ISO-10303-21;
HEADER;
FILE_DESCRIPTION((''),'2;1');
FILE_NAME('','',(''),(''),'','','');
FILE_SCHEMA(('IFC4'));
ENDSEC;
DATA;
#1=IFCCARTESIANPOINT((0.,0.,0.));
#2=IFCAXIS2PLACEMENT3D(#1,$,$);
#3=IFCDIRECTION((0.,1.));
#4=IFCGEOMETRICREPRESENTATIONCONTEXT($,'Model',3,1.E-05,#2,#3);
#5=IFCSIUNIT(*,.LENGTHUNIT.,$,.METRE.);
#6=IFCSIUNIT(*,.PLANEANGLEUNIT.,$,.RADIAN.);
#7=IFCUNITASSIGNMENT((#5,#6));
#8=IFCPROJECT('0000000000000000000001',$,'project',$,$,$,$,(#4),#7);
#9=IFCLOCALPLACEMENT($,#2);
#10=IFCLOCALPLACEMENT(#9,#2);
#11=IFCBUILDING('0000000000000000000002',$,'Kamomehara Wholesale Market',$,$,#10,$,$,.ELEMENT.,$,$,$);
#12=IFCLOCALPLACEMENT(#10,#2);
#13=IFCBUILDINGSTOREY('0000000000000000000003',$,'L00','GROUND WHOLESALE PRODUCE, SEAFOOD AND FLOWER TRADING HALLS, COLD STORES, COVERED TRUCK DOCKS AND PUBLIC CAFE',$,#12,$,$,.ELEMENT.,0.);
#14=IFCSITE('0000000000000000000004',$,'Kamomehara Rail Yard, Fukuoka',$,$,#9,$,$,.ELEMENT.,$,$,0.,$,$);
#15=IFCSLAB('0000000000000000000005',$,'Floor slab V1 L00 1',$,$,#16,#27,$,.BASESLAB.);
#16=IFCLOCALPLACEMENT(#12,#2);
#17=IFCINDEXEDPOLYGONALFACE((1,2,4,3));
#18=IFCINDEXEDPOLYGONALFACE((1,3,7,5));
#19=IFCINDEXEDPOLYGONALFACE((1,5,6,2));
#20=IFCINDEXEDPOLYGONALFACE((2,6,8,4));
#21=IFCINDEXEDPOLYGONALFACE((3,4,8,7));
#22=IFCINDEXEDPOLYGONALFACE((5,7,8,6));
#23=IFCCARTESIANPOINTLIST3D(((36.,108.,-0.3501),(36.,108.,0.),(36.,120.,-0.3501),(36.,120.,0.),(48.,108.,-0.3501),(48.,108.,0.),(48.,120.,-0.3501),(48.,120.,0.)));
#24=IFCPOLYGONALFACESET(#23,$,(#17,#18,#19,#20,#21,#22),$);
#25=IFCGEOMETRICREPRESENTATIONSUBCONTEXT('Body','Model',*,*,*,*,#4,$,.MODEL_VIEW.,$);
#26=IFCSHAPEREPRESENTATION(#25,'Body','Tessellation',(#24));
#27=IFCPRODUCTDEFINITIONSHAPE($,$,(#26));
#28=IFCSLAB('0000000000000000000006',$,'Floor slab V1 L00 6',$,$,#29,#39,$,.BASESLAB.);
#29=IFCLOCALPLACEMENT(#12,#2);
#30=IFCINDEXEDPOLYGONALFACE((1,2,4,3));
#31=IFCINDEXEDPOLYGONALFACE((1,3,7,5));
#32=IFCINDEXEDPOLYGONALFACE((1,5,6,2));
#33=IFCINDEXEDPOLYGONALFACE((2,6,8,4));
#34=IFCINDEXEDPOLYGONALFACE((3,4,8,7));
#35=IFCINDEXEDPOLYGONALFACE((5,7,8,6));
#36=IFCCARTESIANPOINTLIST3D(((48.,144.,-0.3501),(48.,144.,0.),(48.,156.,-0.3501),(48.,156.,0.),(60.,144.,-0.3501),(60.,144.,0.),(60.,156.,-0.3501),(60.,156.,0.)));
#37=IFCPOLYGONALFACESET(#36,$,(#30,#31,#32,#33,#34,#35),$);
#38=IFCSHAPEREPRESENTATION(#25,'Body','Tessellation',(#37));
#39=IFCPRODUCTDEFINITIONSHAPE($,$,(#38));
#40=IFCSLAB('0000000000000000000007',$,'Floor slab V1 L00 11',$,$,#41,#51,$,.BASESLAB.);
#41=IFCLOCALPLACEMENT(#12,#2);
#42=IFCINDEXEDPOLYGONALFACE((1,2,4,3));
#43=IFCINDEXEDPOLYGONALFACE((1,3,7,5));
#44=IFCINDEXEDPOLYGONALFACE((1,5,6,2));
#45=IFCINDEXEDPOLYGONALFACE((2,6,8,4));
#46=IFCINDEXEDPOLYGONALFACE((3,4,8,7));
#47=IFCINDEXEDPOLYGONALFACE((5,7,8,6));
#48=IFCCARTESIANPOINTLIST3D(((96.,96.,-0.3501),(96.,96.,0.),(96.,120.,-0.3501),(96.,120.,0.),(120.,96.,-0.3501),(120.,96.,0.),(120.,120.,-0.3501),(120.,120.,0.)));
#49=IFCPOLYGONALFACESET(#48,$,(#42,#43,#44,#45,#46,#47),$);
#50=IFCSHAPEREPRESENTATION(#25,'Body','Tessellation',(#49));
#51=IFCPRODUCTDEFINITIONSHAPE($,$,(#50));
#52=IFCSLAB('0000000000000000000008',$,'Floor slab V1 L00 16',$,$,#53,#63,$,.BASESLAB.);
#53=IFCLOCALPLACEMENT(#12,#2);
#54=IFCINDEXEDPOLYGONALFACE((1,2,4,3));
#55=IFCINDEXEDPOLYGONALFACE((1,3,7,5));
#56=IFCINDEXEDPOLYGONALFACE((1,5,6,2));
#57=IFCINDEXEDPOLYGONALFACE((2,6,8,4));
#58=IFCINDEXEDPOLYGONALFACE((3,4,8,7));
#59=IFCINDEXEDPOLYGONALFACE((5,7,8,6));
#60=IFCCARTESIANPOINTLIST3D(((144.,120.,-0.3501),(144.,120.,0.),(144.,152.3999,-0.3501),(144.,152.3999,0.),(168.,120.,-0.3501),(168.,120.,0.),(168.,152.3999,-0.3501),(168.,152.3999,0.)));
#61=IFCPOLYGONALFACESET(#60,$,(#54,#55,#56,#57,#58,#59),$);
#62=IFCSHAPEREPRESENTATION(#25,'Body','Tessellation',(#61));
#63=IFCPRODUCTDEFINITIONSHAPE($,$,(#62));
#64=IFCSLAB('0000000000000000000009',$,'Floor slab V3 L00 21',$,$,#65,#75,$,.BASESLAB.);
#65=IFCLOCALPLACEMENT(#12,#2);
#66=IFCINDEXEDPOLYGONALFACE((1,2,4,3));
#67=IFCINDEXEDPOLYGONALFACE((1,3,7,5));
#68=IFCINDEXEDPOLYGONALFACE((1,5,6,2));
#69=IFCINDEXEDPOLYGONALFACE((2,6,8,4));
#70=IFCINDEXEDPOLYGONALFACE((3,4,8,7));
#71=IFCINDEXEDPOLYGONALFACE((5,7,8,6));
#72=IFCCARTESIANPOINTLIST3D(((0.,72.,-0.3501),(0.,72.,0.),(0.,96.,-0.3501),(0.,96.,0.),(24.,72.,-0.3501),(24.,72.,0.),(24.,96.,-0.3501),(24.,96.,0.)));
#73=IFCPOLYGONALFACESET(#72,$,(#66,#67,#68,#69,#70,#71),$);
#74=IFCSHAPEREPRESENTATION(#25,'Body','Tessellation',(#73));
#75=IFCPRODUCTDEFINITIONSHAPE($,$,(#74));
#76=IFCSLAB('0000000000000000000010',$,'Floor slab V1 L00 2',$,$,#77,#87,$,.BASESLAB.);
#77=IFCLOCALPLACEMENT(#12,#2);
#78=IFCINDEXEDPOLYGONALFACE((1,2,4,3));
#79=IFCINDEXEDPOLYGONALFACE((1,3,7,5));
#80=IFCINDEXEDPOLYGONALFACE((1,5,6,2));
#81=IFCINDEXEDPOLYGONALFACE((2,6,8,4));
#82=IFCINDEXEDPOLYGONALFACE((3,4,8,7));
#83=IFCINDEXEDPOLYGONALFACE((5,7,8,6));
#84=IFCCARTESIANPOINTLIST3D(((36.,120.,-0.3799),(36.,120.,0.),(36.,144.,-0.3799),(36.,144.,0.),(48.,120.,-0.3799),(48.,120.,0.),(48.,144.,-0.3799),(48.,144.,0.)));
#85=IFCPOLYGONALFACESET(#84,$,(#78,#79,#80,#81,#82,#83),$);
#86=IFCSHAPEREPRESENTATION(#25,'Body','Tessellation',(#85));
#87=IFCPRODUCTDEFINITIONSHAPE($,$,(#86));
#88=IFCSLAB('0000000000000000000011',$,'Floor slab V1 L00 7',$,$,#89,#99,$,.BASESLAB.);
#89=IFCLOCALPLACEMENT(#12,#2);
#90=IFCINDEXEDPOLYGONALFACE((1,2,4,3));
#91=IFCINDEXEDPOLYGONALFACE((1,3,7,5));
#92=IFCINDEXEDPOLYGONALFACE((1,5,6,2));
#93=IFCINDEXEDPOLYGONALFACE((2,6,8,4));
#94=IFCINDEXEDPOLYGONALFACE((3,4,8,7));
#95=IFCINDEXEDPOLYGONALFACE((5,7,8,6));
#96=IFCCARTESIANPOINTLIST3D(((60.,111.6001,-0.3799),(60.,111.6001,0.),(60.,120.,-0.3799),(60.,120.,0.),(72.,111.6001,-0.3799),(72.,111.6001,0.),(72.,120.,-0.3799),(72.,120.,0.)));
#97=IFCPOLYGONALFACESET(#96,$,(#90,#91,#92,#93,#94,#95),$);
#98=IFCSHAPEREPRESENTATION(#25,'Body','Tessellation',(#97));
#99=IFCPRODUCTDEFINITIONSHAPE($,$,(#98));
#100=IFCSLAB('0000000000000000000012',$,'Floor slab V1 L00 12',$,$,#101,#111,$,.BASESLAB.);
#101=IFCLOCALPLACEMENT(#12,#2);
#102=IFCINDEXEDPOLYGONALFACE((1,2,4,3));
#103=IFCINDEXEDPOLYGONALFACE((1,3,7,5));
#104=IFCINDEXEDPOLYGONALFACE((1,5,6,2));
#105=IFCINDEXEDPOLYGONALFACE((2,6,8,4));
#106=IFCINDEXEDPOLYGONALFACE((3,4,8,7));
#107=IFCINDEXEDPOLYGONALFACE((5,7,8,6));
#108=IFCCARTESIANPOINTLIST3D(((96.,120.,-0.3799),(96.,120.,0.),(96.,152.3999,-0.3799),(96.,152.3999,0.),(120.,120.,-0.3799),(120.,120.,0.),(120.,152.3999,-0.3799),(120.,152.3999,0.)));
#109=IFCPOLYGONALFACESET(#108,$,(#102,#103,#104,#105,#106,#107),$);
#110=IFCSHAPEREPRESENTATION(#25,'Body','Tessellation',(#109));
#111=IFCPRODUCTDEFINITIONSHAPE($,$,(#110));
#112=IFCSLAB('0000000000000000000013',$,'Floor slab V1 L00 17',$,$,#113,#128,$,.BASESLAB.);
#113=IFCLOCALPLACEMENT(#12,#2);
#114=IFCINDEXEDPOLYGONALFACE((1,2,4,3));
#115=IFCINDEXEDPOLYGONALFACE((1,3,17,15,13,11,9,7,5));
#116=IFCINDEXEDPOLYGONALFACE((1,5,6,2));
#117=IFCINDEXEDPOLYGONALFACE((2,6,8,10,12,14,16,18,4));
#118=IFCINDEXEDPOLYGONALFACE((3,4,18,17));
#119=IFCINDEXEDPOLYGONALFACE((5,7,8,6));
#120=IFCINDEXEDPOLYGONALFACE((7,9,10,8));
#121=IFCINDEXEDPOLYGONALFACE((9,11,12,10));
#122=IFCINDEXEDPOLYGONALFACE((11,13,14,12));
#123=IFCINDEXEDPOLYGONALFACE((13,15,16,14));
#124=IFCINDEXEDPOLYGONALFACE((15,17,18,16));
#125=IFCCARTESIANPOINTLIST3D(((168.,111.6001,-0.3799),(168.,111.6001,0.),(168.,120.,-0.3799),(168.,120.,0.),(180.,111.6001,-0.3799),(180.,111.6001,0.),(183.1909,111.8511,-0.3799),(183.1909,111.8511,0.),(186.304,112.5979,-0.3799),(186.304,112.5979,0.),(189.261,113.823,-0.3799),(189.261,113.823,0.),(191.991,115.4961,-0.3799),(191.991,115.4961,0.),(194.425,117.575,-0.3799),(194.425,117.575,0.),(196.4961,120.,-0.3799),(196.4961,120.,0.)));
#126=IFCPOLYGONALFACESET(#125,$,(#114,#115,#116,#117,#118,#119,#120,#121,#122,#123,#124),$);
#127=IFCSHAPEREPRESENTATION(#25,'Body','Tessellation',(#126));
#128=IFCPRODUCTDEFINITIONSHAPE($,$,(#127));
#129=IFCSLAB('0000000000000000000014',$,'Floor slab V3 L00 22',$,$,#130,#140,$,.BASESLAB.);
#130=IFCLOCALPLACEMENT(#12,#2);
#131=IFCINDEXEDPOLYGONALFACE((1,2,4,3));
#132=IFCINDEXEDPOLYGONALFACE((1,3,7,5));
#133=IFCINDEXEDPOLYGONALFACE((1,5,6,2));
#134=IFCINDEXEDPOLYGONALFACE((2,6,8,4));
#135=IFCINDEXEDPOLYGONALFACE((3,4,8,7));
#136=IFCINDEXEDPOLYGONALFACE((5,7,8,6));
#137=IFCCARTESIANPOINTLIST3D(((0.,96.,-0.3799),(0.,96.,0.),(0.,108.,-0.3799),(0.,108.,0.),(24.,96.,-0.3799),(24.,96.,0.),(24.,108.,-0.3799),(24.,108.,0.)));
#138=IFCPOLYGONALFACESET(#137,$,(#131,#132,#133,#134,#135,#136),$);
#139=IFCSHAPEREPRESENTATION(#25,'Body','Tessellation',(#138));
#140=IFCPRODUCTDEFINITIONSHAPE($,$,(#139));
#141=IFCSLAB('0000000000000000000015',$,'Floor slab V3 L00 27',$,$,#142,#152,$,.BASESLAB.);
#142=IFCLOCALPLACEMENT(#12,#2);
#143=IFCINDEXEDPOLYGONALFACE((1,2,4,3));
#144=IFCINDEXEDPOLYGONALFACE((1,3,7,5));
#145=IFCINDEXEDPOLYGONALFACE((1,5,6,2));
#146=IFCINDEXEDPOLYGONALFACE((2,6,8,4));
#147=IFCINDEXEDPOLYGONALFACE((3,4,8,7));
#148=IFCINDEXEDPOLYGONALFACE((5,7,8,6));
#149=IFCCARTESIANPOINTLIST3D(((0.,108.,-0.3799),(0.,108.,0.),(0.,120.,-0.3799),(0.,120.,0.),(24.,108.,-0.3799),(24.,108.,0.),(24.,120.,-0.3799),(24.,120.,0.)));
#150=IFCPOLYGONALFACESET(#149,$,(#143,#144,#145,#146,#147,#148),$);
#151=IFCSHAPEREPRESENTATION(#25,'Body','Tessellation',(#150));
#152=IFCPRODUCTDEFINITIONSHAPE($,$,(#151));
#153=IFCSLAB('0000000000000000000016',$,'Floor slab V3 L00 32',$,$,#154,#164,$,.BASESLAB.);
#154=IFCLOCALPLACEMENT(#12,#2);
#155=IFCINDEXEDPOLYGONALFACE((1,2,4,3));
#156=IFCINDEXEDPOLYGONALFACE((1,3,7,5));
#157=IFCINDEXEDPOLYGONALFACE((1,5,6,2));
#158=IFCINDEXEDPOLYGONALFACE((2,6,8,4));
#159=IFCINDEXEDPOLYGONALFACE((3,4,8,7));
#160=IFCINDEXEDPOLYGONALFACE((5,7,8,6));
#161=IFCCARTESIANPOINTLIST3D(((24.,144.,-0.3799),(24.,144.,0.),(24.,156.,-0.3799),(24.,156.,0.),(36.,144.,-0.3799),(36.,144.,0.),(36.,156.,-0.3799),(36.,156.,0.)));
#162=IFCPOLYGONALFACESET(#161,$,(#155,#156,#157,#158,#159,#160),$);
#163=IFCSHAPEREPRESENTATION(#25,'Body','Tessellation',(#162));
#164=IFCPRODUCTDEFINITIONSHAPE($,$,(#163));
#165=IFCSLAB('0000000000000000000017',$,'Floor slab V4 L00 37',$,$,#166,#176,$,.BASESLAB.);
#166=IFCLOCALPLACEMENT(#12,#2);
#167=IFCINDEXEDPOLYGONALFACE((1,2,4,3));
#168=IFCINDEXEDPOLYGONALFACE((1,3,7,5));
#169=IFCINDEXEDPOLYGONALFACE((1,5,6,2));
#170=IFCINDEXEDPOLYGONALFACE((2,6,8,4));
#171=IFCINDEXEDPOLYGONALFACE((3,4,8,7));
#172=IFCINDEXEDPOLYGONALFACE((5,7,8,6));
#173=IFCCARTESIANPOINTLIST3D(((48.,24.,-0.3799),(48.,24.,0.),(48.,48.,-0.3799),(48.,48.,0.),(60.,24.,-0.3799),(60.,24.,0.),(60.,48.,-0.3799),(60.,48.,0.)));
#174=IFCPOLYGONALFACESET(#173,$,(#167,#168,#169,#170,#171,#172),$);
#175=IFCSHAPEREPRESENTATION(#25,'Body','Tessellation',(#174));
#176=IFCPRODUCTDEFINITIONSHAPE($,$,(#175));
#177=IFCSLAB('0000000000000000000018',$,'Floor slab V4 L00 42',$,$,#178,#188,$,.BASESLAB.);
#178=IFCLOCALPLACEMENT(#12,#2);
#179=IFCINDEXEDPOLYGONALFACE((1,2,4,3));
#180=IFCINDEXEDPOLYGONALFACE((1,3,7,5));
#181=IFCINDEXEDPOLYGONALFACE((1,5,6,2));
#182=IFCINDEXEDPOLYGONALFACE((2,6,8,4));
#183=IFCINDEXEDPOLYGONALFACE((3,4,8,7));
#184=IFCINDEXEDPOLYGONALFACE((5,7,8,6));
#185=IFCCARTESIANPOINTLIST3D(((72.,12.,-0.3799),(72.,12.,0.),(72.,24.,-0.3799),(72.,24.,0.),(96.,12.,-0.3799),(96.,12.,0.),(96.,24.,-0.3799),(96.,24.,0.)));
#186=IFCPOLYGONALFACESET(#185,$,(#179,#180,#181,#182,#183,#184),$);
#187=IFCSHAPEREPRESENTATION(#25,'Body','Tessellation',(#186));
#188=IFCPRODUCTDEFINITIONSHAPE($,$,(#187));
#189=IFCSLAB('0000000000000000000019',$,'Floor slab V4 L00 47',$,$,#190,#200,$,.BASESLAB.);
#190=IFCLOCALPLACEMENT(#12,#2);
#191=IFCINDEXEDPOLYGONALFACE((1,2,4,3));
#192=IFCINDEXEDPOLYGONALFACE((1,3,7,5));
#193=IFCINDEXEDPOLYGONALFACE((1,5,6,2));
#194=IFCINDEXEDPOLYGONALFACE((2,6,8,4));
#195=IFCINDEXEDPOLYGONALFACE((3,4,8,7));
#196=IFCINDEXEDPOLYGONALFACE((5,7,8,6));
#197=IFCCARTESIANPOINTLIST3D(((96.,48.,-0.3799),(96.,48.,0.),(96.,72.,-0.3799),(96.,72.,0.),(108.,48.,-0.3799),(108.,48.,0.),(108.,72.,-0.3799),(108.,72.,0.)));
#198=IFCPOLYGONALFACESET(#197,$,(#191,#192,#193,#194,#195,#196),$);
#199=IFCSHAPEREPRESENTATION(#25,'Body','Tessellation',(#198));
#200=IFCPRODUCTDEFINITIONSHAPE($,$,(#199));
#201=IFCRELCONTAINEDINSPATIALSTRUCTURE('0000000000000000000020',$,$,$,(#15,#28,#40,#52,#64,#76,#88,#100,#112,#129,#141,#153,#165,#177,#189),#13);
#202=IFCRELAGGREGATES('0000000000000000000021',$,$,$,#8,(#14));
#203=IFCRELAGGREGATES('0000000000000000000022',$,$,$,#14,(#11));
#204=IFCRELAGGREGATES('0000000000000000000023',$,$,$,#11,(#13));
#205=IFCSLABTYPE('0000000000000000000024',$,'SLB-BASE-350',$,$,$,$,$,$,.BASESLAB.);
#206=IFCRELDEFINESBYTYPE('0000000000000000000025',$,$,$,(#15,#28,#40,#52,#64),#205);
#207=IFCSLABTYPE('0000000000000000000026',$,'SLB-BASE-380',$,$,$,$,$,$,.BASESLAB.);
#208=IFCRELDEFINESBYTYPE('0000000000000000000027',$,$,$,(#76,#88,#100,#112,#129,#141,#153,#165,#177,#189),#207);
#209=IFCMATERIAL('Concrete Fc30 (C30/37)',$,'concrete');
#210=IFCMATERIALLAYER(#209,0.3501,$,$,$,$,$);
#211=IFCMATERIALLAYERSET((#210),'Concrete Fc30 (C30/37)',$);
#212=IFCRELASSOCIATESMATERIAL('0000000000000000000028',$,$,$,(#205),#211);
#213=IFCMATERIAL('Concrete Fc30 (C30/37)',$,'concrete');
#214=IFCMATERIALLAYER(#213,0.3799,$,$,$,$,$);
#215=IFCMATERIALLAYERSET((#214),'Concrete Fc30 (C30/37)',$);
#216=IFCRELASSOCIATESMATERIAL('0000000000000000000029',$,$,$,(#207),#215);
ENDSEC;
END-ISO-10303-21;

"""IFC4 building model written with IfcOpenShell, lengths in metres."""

from ifc_helpers import new_model, si_unit, direction, frame, origin, place, context, subcontext, project, spatial, polyline, outline, extrude, material, layer, layer_set, type_object, element, save


model = new_model("IFC4")

# Units and contexts
model_context = context("Model", 3, precision=1e-05, world=origin(), true_north=direction((0.0, 1.0)))
body_context = subcontext(model_context, "Body", "Model", "MODEL_VIEW")
ifc_project = project(units=[si_unit("LENGTHUNIT", "METRE"), si_unit("PLANEANGLEUNIT", "RADIAN")], contexts=[model_context])

# Site, building, storey
site_placement = place(None, origin())
site = spatial("IfcSite", under=ifc_project, at=site_placement, Name="Kamomehara Rail Yard, Fukuoka", CompositionType="ELEMENT", RefElevation=0.0)
building_placement = place(site_placement, origin())
building = spatial("IfcBuilding", under=site, at=building_placement, Name="Kamomehara Wholesale Market", CompositionType="ELEMENT")
storey_placement = place(building_placement, origin())
storey = spatial("IfcBuildingStorey", under=building, at=storey_placement, Name="L00", Description="GROUND WHOLESALE PRODUCE, SEAFOOD AND FLOWER TRADING HALLS, COLD STORES, COVERED TRUCK DOCKS AND PUBLIC CAFE", CompositionType="ELEMENT", Elevation=0.0)

# Slabs
ifc_material_1 = material(Name="Concrete Fc30 (C30/37)", Category="concrete")
ifc_layer_1 = layer(ifc_material_1, 0.3501)
ifc_layer_set_1 = layer_set([ifc_layer_1], Name="Concrete Fc30 (C30/37)")
slab_type_1 = type_object("IfcSlabType", Name="SLB-BASE-350", PredefinedType="BASESLAB", material=ifc_layer_set_1)
slab_1_placement = place(storey_placement, frame((0.0, 0.0, -0.3501)))
element("IfcSlab", 1, at=slab_1_placement, inside=storey, type_object=slab_type_1, Name="Floor slab V1 L00 1", PredefinedType="BASESLAB", context=body_context, shape_type="SweptSolid", body=[
    extrude(outline(polyline([(48.0, 120.0), (48.0, 108.0), (36.0, 108.0), (36.0, 120.0), (48.0, 120.0)])), origin(), (0.0, 0.0, 1.0), 0.3501),
])
slab_2_placement = place(storey_placement, frame((0.0, 0.0, -0.3501)))
element("IfcSlab", 2, at=slab_2_placement, inside=storey, type_object=slab_type_1, Name="Floor slab V1 L00 6", PredefinedType="BASESLAB", context=body_context, shape_type="SweptSolid", body=[
    extrude(outline(polyline([(60.0, 144.0), (48.0, 144.0), (48.0, 156.0), (60.0, 156.0), (60.0, 144.0)])), origin(), (0.0, 0.0, 1.0), 0.3501),
])
slab_3_placement = place(storey_placement, frame((0.0, 0.0, -0.3501)))
element("IfcSlab", 3, at=slab_3_placement, inside=storey, type_object=slab_type_1, Name="Floor slab V1 L00 11", PredefinedType="BASESLAB", context=body_context, shape_type="SweptSolid", body=[
    extrude(outline(polyline([(96.0, 120.0), (120.0, 120.0), (120.0, 96.0), (96.0, 96.0), (96.0, 120.0)])), origin(), (0.0, 0.0, 1.0), 0.3501),
])
slab_4_placement = place(storey_placement, frame((0.0, 0.0, -0.3501)))
element("IfcSlab", 4, at=slab_4_placement, inside=storey, type_object=slab_type_1, Name="Floor slab V1 L00 16", PredefinedType="BASESLAB", context=body_context, shape_type="SweptSolid", body=[
    extrude(outline(polyline([(168.0, 120.0), (144.0, 120.0), (144.0, 152.3999), (168.0, 152.3999), (168.0, 120.0)])), origin(), (0.0, 0.0, 1.0), 0.3501),
])
slab_5_placement = place(storey_placement, frame((0.0, 0.0, -0.3501)))
element("IfcSlab", 5, at=slab_5_placement, inside=storey, type_object=slab_type_1, Name="Floor slab V3 L00 21", PredefinedType="BASESLAB", context=body_context, shape_type="SweptSolid", body=[
    extrude(outline(polyline([(24.0, 96.0), (24.0, 72.0), (0.0, 72.0), (0.0, 96.0), (24.0, 96.0)])), origin(), (0.0, 0.0, 1.0), 0.3501),
])
ifc_material_2 = material(Name="Concrete Fc30 (C30/37)", Category="concrete")
ifc_layer_2 = layer(ifc_material_2, 0.3799)
ifc_layer_set_2 = layer_set([ifc_layer_2], Name="Concrete Fc30 (C30/37)")
slab_type_2 = type_object("IfcSlabType", Name="SLB-BASE-380", PredefinedType="BASESLAB", material=ifc_layer_set_2)
slab_6_placement = place(storey_placement, frame((0.0, 0.0, -0.3799)))
element("IfcSlab", 6, at=slab_6_placement, inside=storey, type_object=slab_type_2, Name="Floor slab V1 L00 2", PredefinedType="BASESLAB", context=body_context, shape_type="SweptSolid", body=[
    extrude(outline(polyline([(48.0, 144.0), (48.0, 120.0), (36.0, 120.0), (36.0, 144.0), (48.0, 144.0)])), origin(), (0.0, 0.0, 1.0), 0.3799),
])
slab_7_placement = place(storey_placement, frame((0.0, 0.0, -0.3799)))
element("IfcSlab", 7, at=slab_7_placement, inside=storey, type_object=slab_type_2, Name="Floor slab V1 L00 7", PredefinedType="BASESLAB", context=body_context, shape_type="SweptSolid", body=[
    extrude(outline(polyline([(72.0, 120.0), (72.0, 111.6001), (60.0, 111.6001), (60.0, 120.0), (72.0, 120.0)])), origin(), (0.0, 0.0, 1.0), 0.3799),
])
slab_8_placement = place(storey_placement, frame((0.0, 0.0, -0.3799)))
element("IfcSlab", 8, at=slab_8_placement, inside=storey, type_object=slab_type_2, Name="Floor slab V1 L00 12", PredefinedType="BASESLAB", context=body_context, shape_type="SweptSolid", body=[
    extrude(outline(polyline([(120.0, 120.0), (96.0, 120.0), (96.0, 152.3999), (120.0, 152.3999), (120.0, 120.0)])), origin(), (0.0, 0.0, 1.0), 0.3799),
])
slab_9_placement = place(storey_placement, frame((0.0, 0.0, -0.3799)))
element("IfcSlab", 9, at=slab_9_placement, inside=storey, type_object=slab_type_2, Name="Floor slab V1 L00 17", PredefinedType="BASESLAB", context=body_context, shape_type="SweptSolid", body=[
    extrude(outline(polyline([(168.0, 120.0), (196.4961, 120.0), (194.425, 117.575), (191.991, 115.4961), (189.261, 113.823), (186.304, 112.5979), (183.1909, 111.8511), (180.0, 111.6001), (168.0, 111.6001), (168.0, 120.0)])), origin(), (0.0, 0.0, 1.0), 0.3799),
])
slab_10_placement = place(storey_placement, frame((0.0, 0.0, -0.3799)))
element("IfcSlab", 10, at=slab_10_placement, inside=storey, type_object=slab_type_2, Name="Floor slab V3 L00 22", PredefinedType="BASESLAB", context=body_context, shape_type="SweptSolid", body=[
    extrude(outline(polyline([(24.0, 96.0), (0.0, 96.0), (0.0, 108.0), (24.0, 108.0), (24.0, 96.0)])), origin(), (0.0, 0.0, 1.0), 0.3799),
])
slab_11_placement = place(storey_placement, frame((0.0, 0.0, -0.3799)))
element("IfcSlab", 11, at=slab_11_placement, inside=storey, type_object=slab_type_2, Name="Floor slab V3 L00 27", PredefinedType="BASESLAB", context=body_context, shape_type="SweptSolid", body=[
    extrude(outline(polyline([(24.0, 120.0), (24.0, 108.0), (0.0, 108.0), (0.0, 120.0), (24.0, 120.0)])), origin(), (0.0, 0.0, 1.0), 0.3799),
])
slab_12_placement = place(storey_placement, frame((0.0, 0.0, -0.3799)))
element("IfcSlab", 12, at=slab_12_placement, inside=storey, type_object=slab_type_2, Name="Floor slab V3 L00 32", PredefinedType="BASESLAB", context=body_context, shape_type="SweptSolid", body=[
    extrude(outline(polyline([(36.0, 144.0), (24.0, 144.0), (24.0, 156.0), (36.0, 156.0), (36.0, 144.0)])), origin(), (0.0, 0.0, 1.0), 0.3799),
])
slab_13_placement = place(storey_placement, frame((0.0, 0.0, -0.3799)))
element("IfcSlab", 13, at=slab_13_placement, inside=storey, type_object=slab_type_2, Name="Floor slab V4 L00 37", PredefinedType="BASESLAB", context=body_context, shape_type="SweptSolid", body=[
    extrude(outline(polyline([(60.0, 24.0), (48.0, 24.0), (48.0, 48.0), (60.0, 48.0), (60.0, 24.0)])), origin(), (0.0, 0.0, 1.0), 0.3799),
])
slab_14_placement = place(storey_placement, frame((0.0, 0.0, -0.3799)))
element("IfcSlab", 14, at=slab_14_placement, inside=storey, type_object=slab_type_2, Name="Floor slab V4 L00 42", PredefinedType="BASESLAB", context=body_context, shape_type="SweptSolid", body=[
    extrude(outline(polyline([(72.0, 24.0), (96.0, 24.0), (96.0, 12.0), (72.0, 12.0), (72.0, 24.0)])), origin(), (0.0, 0.0, 1.0), 0.3799),
])
slab_15_placement = place(storey_placement, frame((0.0, 0.0, -0.3799)))
element("IfcSlab", 15, at=slab_15_placement, inside=storey, type_object=slab_type_2, Name="Floor slab V4 L00 47", PredefinedType="BASESLAB", context=body_context, shape_type="SweptSolid", body=[
    extrude(outline(polyline([(108.0, 48.0), (96.0, 48.0), (96.0, 72.0), (108.0, 72.0), (108.0, 48.0)])), origin(), (0.0, 0.0, 1.0), 0.3799),
])

save(model, "model.ifc")
